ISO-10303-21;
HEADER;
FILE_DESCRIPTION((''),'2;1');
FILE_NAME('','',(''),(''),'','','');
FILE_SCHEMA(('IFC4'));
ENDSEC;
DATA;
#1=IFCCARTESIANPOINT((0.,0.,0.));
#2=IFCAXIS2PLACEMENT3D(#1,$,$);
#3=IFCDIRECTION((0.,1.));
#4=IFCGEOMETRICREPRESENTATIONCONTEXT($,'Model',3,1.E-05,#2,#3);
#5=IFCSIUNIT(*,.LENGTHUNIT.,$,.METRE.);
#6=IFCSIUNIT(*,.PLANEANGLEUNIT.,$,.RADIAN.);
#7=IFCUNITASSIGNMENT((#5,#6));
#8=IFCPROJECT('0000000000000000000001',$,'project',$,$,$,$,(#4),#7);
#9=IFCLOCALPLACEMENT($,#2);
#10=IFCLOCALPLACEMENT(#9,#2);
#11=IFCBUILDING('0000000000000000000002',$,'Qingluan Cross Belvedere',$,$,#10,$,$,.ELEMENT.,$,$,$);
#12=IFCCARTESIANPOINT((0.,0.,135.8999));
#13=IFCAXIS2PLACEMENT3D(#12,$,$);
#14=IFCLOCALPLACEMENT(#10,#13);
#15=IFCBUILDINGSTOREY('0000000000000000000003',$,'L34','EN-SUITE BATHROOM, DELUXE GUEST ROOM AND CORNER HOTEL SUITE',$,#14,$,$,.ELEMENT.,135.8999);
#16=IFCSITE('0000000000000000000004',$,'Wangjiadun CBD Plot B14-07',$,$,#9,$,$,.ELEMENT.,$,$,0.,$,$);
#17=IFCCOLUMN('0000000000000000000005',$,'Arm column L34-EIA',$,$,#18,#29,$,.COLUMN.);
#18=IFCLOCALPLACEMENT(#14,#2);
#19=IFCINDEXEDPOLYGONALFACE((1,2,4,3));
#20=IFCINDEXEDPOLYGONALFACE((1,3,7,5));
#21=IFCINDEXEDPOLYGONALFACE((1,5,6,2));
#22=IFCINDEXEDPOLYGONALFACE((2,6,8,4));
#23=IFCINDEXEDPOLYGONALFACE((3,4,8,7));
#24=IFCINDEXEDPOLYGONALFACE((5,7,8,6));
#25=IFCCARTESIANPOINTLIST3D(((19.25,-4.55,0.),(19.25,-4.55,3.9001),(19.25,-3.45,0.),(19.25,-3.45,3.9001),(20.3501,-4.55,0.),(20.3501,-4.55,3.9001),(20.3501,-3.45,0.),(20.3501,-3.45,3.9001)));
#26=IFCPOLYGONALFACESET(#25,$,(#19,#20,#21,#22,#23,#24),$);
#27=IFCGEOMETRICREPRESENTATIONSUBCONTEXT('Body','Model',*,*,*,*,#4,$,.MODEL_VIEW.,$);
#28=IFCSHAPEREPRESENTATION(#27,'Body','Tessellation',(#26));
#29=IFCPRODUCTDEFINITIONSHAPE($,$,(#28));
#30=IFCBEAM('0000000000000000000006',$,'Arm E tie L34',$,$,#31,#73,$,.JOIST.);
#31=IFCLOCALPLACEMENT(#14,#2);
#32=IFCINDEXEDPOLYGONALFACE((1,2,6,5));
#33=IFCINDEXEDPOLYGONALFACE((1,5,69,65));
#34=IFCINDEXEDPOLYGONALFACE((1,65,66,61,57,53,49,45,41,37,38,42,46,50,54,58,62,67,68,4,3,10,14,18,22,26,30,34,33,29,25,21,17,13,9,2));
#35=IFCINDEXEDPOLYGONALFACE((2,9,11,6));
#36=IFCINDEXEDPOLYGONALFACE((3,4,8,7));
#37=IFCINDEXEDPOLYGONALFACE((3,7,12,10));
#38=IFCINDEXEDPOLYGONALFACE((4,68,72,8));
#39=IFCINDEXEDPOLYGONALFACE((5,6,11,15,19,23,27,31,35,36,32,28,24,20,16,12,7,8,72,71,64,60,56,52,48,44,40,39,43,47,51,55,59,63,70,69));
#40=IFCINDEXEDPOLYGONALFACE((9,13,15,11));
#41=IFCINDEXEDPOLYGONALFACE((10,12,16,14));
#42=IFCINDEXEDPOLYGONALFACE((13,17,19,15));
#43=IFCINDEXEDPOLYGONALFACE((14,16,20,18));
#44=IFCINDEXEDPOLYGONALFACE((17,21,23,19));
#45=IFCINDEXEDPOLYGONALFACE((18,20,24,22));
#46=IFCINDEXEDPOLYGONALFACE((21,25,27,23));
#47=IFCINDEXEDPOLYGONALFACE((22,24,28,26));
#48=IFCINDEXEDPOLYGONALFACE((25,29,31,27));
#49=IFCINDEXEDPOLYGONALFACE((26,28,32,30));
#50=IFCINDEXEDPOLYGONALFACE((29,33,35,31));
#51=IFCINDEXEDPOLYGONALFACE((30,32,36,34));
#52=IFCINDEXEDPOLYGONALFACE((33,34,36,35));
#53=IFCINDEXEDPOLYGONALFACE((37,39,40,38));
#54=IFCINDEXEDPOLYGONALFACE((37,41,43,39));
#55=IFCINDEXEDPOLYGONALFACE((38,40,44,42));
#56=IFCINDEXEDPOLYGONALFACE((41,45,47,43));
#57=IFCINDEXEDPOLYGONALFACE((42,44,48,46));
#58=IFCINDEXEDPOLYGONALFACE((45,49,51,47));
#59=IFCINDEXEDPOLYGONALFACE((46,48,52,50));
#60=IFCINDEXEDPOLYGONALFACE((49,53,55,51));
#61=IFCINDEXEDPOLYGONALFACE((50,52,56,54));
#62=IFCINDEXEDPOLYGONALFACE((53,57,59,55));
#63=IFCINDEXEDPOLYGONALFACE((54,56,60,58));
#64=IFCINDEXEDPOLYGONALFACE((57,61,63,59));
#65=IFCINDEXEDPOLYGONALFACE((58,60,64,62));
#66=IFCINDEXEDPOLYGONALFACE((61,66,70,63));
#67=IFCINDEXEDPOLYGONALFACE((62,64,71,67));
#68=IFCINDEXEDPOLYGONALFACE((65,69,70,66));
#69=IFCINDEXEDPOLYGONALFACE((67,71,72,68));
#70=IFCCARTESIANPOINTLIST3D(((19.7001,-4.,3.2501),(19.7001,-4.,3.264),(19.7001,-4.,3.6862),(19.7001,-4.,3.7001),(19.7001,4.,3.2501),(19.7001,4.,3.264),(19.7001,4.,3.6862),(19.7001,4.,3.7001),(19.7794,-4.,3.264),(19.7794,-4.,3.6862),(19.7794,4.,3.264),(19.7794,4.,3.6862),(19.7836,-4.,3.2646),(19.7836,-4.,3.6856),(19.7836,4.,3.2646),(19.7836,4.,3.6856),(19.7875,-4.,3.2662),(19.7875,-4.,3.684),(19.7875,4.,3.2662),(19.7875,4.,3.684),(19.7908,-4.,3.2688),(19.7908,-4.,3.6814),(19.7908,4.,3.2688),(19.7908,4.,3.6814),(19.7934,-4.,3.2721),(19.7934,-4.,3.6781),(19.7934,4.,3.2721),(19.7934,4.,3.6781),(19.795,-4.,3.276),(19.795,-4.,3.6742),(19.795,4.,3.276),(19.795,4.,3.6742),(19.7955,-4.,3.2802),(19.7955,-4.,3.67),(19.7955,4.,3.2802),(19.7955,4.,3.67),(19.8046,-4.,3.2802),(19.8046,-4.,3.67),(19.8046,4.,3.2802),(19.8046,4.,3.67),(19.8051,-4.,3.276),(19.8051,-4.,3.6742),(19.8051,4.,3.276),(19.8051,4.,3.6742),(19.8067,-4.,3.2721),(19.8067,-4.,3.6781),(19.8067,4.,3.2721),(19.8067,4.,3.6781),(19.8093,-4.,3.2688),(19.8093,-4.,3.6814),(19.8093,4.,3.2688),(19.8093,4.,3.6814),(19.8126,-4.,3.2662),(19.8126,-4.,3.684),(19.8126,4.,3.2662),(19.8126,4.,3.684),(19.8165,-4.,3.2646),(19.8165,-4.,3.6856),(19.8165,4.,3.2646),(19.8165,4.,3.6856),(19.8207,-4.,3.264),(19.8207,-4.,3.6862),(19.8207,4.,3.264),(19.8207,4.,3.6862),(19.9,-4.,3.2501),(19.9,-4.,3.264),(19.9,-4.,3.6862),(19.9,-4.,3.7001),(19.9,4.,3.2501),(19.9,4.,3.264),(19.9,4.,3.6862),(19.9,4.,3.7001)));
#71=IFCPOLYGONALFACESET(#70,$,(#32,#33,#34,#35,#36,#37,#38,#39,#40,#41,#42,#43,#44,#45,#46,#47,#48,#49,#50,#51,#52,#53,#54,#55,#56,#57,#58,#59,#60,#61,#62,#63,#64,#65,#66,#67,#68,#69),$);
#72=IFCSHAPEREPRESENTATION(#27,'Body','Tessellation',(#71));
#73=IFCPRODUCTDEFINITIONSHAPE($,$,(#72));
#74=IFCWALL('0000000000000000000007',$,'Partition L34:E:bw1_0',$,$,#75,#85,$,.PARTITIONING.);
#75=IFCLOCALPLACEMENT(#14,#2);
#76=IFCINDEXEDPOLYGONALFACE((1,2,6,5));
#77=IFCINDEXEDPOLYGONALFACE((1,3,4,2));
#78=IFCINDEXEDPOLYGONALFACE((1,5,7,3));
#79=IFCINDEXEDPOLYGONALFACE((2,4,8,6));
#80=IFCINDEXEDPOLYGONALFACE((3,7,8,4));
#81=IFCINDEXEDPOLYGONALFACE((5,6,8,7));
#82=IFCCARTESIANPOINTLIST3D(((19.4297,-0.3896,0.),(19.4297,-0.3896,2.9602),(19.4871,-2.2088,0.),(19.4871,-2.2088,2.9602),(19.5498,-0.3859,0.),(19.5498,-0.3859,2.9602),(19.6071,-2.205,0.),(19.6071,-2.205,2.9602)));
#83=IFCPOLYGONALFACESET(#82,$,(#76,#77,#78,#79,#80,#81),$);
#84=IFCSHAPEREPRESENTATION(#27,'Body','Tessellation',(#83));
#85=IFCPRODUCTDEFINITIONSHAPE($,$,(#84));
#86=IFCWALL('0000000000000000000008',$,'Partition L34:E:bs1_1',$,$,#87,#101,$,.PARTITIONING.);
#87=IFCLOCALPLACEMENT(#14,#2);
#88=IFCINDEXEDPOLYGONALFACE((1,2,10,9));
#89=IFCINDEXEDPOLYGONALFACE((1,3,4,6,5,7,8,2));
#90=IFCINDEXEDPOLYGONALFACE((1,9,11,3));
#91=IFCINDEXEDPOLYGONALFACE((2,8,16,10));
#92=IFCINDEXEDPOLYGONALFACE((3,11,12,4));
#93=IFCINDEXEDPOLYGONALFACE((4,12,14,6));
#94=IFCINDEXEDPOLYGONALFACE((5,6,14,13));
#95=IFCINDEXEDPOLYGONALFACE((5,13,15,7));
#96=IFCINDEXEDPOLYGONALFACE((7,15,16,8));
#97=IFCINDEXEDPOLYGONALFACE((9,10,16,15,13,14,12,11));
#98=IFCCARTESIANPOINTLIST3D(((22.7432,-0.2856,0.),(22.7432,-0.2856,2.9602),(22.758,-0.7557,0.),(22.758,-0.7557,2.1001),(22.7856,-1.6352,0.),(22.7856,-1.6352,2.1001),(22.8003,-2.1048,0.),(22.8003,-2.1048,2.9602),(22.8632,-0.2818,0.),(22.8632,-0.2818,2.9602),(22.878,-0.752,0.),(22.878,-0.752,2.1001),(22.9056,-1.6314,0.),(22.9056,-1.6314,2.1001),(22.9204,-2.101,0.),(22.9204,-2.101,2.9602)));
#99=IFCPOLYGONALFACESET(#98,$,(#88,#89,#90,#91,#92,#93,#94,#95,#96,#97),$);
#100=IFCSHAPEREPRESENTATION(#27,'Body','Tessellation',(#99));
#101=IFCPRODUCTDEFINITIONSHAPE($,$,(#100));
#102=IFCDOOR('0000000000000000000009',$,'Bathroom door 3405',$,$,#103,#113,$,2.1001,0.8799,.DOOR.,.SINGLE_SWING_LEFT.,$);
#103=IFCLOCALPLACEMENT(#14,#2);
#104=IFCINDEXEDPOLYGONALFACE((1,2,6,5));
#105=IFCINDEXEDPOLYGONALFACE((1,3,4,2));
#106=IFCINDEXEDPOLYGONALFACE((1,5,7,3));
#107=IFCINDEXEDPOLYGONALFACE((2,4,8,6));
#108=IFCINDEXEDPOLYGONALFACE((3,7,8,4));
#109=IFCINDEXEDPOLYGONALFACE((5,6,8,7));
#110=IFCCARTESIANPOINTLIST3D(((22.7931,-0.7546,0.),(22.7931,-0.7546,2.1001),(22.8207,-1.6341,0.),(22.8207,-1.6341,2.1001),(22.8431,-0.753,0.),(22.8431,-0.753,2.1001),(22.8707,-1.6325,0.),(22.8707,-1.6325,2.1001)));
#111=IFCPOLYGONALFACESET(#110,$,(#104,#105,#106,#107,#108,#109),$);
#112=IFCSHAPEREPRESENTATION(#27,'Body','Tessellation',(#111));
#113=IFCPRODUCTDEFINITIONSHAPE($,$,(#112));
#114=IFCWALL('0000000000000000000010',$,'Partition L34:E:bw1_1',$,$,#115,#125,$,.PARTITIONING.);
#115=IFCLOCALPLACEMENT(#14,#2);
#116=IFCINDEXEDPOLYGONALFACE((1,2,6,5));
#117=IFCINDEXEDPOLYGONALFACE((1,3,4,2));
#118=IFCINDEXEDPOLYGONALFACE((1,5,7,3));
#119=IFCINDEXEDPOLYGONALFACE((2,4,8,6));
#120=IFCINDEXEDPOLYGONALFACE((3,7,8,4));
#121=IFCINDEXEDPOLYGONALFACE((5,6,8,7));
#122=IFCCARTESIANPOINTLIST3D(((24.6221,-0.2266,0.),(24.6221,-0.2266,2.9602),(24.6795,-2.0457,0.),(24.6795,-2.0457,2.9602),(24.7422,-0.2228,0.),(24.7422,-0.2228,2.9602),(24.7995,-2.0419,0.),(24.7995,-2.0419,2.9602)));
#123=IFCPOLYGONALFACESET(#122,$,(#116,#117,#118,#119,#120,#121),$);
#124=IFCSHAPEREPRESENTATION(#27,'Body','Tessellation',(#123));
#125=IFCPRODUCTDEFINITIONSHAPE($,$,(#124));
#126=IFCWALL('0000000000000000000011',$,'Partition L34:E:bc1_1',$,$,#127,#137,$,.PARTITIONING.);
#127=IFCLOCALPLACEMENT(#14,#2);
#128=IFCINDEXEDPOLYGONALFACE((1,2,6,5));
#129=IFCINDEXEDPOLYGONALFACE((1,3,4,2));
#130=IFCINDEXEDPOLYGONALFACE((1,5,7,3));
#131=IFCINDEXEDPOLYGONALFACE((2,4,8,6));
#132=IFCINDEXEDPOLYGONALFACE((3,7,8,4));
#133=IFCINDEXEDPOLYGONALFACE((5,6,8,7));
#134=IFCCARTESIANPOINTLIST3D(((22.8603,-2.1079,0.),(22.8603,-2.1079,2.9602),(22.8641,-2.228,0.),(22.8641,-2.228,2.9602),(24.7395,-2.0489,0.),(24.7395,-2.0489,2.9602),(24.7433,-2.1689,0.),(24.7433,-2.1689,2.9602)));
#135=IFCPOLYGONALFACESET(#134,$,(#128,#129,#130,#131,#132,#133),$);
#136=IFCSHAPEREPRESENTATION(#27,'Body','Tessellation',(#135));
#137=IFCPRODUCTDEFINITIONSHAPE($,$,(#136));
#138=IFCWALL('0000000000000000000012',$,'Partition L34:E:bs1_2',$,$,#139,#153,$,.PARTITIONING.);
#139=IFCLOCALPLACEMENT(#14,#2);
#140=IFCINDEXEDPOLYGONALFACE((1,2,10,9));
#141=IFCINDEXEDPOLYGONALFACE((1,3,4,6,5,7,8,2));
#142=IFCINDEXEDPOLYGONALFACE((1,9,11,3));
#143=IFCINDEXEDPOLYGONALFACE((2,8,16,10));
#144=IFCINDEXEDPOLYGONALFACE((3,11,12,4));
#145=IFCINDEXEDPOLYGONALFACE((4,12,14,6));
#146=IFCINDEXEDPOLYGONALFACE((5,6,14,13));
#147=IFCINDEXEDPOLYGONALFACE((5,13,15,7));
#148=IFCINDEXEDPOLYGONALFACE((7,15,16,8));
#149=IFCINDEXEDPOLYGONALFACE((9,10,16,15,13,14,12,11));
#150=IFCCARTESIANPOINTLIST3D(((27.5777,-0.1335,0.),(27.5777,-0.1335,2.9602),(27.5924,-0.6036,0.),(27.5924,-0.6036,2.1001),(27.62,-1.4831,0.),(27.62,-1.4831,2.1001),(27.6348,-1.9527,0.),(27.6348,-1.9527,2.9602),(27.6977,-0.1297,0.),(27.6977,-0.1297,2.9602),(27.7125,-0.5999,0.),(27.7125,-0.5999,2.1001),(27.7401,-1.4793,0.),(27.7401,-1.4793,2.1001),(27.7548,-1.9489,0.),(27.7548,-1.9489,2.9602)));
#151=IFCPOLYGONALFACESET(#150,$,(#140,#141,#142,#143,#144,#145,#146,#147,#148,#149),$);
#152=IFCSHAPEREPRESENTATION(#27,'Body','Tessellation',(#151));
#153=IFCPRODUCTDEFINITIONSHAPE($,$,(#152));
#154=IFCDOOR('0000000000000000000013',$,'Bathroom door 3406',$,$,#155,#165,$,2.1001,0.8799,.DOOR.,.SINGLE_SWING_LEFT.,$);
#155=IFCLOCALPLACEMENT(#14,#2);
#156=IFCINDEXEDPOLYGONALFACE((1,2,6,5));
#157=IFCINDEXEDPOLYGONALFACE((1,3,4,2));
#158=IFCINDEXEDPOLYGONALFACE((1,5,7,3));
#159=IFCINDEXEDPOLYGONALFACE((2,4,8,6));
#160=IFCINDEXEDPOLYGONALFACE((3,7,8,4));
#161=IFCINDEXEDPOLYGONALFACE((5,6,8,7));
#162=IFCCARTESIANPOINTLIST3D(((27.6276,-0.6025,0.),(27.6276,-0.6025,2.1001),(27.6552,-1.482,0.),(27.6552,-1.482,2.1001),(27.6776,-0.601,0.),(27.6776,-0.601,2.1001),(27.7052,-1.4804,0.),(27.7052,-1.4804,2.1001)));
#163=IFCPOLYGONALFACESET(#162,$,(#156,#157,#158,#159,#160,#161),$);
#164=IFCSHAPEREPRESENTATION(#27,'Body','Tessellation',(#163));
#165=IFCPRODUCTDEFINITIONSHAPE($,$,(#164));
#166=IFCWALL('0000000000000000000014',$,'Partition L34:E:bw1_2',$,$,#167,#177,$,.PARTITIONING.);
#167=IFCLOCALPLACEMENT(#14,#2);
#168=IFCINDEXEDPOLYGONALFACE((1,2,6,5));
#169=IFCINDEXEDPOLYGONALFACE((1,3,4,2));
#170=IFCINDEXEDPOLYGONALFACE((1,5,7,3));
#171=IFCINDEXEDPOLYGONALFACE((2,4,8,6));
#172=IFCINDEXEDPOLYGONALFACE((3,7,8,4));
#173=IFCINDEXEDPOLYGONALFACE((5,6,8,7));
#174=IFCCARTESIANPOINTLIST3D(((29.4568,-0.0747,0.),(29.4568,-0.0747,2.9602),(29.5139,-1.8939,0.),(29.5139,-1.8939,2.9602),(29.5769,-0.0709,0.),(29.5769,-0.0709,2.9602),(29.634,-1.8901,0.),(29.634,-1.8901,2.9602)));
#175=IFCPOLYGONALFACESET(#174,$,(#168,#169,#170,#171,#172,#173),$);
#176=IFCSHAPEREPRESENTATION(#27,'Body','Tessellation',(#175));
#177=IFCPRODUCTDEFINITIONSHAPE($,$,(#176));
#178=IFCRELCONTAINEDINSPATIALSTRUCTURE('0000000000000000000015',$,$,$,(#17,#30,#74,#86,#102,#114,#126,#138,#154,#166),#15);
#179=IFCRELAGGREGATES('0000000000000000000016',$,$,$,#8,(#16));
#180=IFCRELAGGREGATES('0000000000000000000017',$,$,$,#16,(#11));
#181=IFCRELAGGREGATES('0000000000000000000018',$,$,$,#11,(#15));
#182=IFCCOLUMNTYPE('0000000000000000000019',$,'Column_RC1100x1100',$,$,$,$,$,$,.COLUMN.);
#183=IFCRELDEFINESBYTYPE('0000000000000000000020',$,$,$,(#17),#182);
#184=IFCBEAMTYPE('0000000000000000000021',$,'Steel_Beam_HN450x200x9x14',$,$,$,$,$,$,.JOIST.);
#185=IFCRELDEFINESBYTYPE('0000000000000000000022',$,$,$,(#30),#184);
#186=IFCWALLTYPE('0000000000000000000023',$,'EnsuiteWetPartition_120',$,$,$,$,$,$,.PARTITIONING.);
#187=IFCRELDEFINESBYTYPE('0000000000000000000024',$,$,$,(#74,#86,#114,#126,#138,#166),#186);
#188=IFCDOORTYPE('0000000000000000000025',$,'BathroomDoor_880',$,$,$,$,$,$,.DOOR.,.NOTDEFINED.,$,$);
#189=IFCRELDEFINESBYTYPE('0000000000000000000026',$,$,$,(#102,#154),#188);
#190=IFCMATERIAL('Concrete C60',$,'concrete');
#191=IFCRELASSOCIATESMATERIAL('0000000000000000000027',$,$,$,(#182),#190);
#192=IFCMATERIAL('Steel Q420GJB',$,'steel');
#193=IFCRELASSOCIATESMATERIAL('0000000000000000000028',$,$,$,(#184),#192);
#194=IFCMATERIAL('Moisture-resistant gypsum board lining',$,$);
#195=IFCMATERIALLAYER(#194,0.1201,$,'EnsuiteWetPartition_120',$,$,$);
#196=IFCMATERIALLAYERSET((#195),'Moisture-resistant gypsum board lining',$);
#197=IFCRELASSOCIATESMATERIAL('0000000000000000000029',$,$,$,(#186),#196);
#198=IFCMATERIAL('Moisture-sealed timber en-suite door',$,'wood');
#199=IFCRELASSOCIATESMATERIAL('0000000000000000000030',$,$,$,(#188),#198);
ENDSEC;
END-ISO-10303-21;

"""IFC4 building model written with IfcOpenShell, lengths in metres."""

from ifc_helpers import new_model, si_unit, direction, frame, frame_2d, origin, origin_2d, place, context, subcontext, project, spatial, rectangle, i_section, extrude, material, layer, layer_set, material_profile, profile_set, type_object, element, fill, save


model = new_model("IFC4")

# Units and contexts
model_context = context("Model", 3, precision=1e-05, world=origin(), true_north=direction((0.0, 1.0)))
body_context = subcontext(model_context, "Body", "Model", "MODEL_VIEW")
ifc_project = project(units=[si_unit("LENGTHUNIT", "METRE"), si_unit("PLANEANGLEUNIT", "RADIAN")], contexts=[model_context])

# Site, building, storey
site_placement = place(None, origin())
site = spatial("IfcSite", under=ifc_project, at=site_placement, Name="Wangjiadun CBD Plot B14-07", CompositionType="ELEMENT", RefElevation=0.0)
building_placement = place(site_placement, origin())
building = spatial("IfcBuilding", under=site, at=building_placement, Name="Qingluan Cross Belvedere", CompositionType="ELEMENT")
storey_placement = place(building_placement, frame((0.0, 0.0, 135.8999)))
storey = spatial("IfcBuildingStorey", under=building, at=storey_placement, Name="L34", Description="EN-SUITE BATHROOM, DELUXE GUEST ROOM AND CORNER HOTEL SUITE", CompositionType="ELEMENT", Elevation=135.8999)

# Column
ifc_material_1 = material(Name="Concrete C60", Category="concrete")
ifc_material_profile_1 = material_profile(ifc_material_1, rectangle(XDim=1.1001, YDim=1.1001, at=origin_2d()), Name="RC1100x1100")
ifc_profile_set_1 = profile_set([ifc_material_profile_1], Name="Concrete C60")
column_type = type_object("IfcColumnType", Name="Column_RC1100x1100", PredefinedType="COLUMN", material=ifc_profile_set_1)
column_placement = place(storey_placement, frame((19.8, -4.0, 0.0), z_axis=(0.0, 0.0, 1.0), x_axis=(1.0, 0.0, 0.0)))
element("IfcColumn", 1, at=column_placement, inside=storey, type_object=column_type, Name="Arm column L34-EIA", PredefinedType="COLUMN", context=body_context, shape_type="SweptSolid", body=[
    extrude(rectangle(XDim=1.1001, YDim=1.1001, at=origin_2d()), origin(), (0.0, 0.0, 1.0), 3.9001),
])

# Beam
ifc_material_2 = material(Name="Steel Q420GJB", Category="steel")
ifc_material_profile_2 = material_profile(ifc_material_2, i_section(OverallWidth=0.2, OverallDepth=0.45, WebThickness=0.009, FlangeThickness=0.0139, FilletRadius=0.0161, at=origin_2d()), Name="HN450x200x9x14")
ifc_profile_set_2 = profile_set([ifc_material_profile_2], Name="Steel Q420GJB")
beam_type = type_object("IfcBeamType", Name="Steel_Beam_HN450x200x9x14", PredefinedType="JOIST", material=ifc_profile_set_2)
beam_placement = place(storey_placement, frame((19.8, -4.0, 3.4751), z_axis=(0.0, 1.0, 0.0), x_axis=(-1.0, 0.0, 0.0)))
element("IfcBeam", 2, at=beam_placement, inside=storey, type_object=beam_type, Name="Arm E tie L34", PredefinedType="JOIST", context=body_context, shape_type="SweptSolid", body=[
    extrude(i_section(OverallWidth=0.2, OverallDepth=0.45, WebThickness=0.009, FlangeThickness=0.0139, FilletRadius=0.0161, at=origin_2d()), origin(), (0.0, 0.0, 1.0), 8.0),
])

# Wall
ifc_material_3 = material(Name="Moisture-resistant gypsum board lining")
ifc_layer_1 = layer(ifc_material_3, 0.1201, Name="EnsuiteWetPartition_120")
ifc_layer_set_1 = layer_set([ifc_layer_1], Name="Moisture-resistant gypsum board lining")
wall_type_1 = type_object("IfcWallType", Name="EnsuiteWetPartition_120", PredefinedType="PARTITIONING", material=ifc_layer_set_1)
wall_1_placement = place(storey_placement, frame((19.5471, -2.207, 0.0), z_axis=(0.0, 0.0, 1.0), x_axis=(-0.031524, 0.999503, 0.0)))
element("IfcWall", 3, at=wall_1_placement, inside=storey, type_object=wall_type_1, Name="Partition L34:E:bw1_0", PredefinedType="PARTITIONING", context=body_context, shape_type="SweptSolid", body=[
    extrude(rectangle(XDim=1.8201, YDim=0.1201, at=frame_2d((0.9102, 0.0))), origin(), (0.0, 0.0, 1.0), 2.9602),
])

# Wall, opening, door
wall_2_placement = place(storey_placement, frame((22.8604, -2.103, 0.0), z_axis=(0.0, 0.0, 1.0), x_axis=(-0.03139, 0.999507, 0.0)))
wall_2 = element("IfcWall", 4, at=wall_2_placement, inside=storey, type_object=wall_type_1, Name="Partition L34:E:bs1_1", PredefinedType="PARTITIONING", context=body_context, shape_type="SweptSolid", body=[
    extrude(rectangle(XDim=1.8201, YDim=0.1201, at=frame_2d((0.9102, 0.0))), origin(), (0.0, 0.0, 1.0), 2.9602),
])
opening_1_placement = place(wall_2_placement, frame((0.47, 0.0, 0.0)))
opening_1 = element("IfcOpeningElement", 5, at=opening_1_placement, cuts=wall_2, PredefinedType="OPENING", context=body_context, shape_type="SweptSolid", body=[
    extrude(rectangle(XDim=0.8799, YDim=2.1001, at=frame_2d((0.4399, 1.05))), frame((0.0, 0.0701, 0.0), z_axis=(0.0, -1.0, 0.0), x_axis=(1.0, 0.0, 0.0)), (0.0, 0.0, 1.0), 0.1401),
])
ifc_material_4 = material(Name="Moisture-sealed timber en-suite door", Category="wood")
door_type = type_object("IfcDoorType", Name="BathroomDoor_880", OperationType="NOTDEFINED", PredefinedType="DOOR", material=ifc_material_4)
door_1_placement = place(opening_1_placement, origin())
door_1 = element("IfcDoor", 6, at=door_1_placement, inside=storey, type_object=door_type, Name="Bathroom door 3405", OperationType="SINGLE_SWING_LEFT", OverallHeight=2.1001, OverallWidth=0.8799, PredefinedType="DOOR", context=body_context, shape_type="SweptSolid", body=[
    extrude(rectangle(XDim=0.8799, YDim=2.1001, at=frame_2d((0.4399, 1.05))), frame((0.0, 0.0249, 0.0), z_axis=(0.0, -1.0, 0.0), x_axis=(1.0, 0.0, 0.0)), (0.0, 0.0, 1.0), 0.05),
])
fill(opening_1, door_1)

# Walls
wall_3_placement = place(storey_placement, frame((24.7395, -2.0439, 0.0), z_axis=(0.0, 0.0, 1.0), x_axis=(-0.031524, 0.999503, 0.0)))
element("IfcWall", 7, at=wall_3_placement, inside=storey, type_object=wall_type_1, Name="Partition L34:E:bw1_1", PredefinedType="PARTITIONING", context=body_context, shape_type="SweptSolid", body=[
    extrude(rectangle(XDim=1.8201, YDim=0.1201, at=frame_2d((0.9102, 0.0))), origin(), (0.0, 0.0, 1.0), 2.9602),
])
wall_4_placement = place(storey_placement, frame((22.8623, -2.168, 0.0), z_axis=(0.0, 0.0, 1.0), x_axis=(0.999506, 0.031425, 0.0)))
element("IfcWall", 8, at=wall_4_placement, inside=storey, type_object=wall_type_1, Name="Partition L34:E:bc1_1", PredefinedType="PARTITIONING", context=body_context, shape_type="SweptSolid", body=[
    extrude(rectangle(XDim=1.8801, YDim=0.1201, at=frame_2d((0.9399, 0.0))), origin(), (0.0, 0.0, 1.0), 2.9602),
])

# Wall, opening, door
wall_5_placement = place(storey_placement, frame((27.6948, -1.9509, 0.0), z_axis=(0.0, 0.0, 1.0), x_axis=(-0.03139, 0.999507, 0.0)))
wall_5 = element("IfcWall", 9, at=wall_5_placement, inside=storey, type_object=wall_type_1, Name="Partition L34:E:bs1_2", PredefinedType="PARTITIONING", context=body_context, shape_type="SweptSolid", body=[
    extrude(rectangle(XDim=1.8201, YDim=0.1201, at=frame_2d((0.9102, 0.0))), origin(), (0.0, 0.0, 1.0), 2.9602),
])
opening_2_placement = place(wall_5_placement, frame((0.47, 0.0, 0.0)))
opening_2 = element("IfcOpeningElement", 10, at=opening_2_placement, cuts=wall_5, PredefinedType="OPENING", context=body_context, shape_type="SweptSolid", body=[
    extrude(rectangle(XDim=0.8799, YDim=2.1001, at=frame_2d((0.4399, 1.05))), frame((0.0, 0.0701, 0.0), z_axis=(0.0, -1.0, 0.0), x_axis=(1.0, 0.0, 0.0)), (0.0, 0.0, 1.0), 0.1401),
])
door_2_placement = place(opening_2_placement, origin())
door_2 = element("IfcDoor", 11, at=door_2_placement, inside=storey, type_object=door_type, Name="Bathroom door 3406", OperationType="SINGLE_SWING_LEFT", OverallHeight=2.1001, OverallWidth=0.8799, PredefinedType="DOOR", context=body_context, shape_type="SweptSolid", body=[
    extrude(rectangle(XDim=0.8799, YDim=2.1001, at=frame_2d((0.4399, 1.05))), frame((0.0, 0.0249, 0.0), z_axis=(0.0, -1.0, 0.0), x_axis=(1.0, 0.0, 0.0)), (0.0, 0.0, 1.0), 0.05),
])
fill(opening_2, door_2)

# Wall
wall_6_placement = place(storey_placement, frame((29.574, -1.8921, 0.0), z_axis=(0.0, 0.0, 1.0), x_axis=(-0.03139, 0.999507, 0.0)))
element("IfcWall", 12, at=wall_6_placement, inside=storey, type_object=wall_type_1, Name="Partition L34:E:bw1_2", PredefinedType="PARTITIONING", context=body_context, shape_type="SweptSolid", body=[
    extrude(rectangle(XDim=1.8201, YDim=0.1201, at=frame_2d((0.9102, 0.0))), origin(), (0.0, 0.0, 1.0), 2.9602),
])

save(model, "model.ifc")
